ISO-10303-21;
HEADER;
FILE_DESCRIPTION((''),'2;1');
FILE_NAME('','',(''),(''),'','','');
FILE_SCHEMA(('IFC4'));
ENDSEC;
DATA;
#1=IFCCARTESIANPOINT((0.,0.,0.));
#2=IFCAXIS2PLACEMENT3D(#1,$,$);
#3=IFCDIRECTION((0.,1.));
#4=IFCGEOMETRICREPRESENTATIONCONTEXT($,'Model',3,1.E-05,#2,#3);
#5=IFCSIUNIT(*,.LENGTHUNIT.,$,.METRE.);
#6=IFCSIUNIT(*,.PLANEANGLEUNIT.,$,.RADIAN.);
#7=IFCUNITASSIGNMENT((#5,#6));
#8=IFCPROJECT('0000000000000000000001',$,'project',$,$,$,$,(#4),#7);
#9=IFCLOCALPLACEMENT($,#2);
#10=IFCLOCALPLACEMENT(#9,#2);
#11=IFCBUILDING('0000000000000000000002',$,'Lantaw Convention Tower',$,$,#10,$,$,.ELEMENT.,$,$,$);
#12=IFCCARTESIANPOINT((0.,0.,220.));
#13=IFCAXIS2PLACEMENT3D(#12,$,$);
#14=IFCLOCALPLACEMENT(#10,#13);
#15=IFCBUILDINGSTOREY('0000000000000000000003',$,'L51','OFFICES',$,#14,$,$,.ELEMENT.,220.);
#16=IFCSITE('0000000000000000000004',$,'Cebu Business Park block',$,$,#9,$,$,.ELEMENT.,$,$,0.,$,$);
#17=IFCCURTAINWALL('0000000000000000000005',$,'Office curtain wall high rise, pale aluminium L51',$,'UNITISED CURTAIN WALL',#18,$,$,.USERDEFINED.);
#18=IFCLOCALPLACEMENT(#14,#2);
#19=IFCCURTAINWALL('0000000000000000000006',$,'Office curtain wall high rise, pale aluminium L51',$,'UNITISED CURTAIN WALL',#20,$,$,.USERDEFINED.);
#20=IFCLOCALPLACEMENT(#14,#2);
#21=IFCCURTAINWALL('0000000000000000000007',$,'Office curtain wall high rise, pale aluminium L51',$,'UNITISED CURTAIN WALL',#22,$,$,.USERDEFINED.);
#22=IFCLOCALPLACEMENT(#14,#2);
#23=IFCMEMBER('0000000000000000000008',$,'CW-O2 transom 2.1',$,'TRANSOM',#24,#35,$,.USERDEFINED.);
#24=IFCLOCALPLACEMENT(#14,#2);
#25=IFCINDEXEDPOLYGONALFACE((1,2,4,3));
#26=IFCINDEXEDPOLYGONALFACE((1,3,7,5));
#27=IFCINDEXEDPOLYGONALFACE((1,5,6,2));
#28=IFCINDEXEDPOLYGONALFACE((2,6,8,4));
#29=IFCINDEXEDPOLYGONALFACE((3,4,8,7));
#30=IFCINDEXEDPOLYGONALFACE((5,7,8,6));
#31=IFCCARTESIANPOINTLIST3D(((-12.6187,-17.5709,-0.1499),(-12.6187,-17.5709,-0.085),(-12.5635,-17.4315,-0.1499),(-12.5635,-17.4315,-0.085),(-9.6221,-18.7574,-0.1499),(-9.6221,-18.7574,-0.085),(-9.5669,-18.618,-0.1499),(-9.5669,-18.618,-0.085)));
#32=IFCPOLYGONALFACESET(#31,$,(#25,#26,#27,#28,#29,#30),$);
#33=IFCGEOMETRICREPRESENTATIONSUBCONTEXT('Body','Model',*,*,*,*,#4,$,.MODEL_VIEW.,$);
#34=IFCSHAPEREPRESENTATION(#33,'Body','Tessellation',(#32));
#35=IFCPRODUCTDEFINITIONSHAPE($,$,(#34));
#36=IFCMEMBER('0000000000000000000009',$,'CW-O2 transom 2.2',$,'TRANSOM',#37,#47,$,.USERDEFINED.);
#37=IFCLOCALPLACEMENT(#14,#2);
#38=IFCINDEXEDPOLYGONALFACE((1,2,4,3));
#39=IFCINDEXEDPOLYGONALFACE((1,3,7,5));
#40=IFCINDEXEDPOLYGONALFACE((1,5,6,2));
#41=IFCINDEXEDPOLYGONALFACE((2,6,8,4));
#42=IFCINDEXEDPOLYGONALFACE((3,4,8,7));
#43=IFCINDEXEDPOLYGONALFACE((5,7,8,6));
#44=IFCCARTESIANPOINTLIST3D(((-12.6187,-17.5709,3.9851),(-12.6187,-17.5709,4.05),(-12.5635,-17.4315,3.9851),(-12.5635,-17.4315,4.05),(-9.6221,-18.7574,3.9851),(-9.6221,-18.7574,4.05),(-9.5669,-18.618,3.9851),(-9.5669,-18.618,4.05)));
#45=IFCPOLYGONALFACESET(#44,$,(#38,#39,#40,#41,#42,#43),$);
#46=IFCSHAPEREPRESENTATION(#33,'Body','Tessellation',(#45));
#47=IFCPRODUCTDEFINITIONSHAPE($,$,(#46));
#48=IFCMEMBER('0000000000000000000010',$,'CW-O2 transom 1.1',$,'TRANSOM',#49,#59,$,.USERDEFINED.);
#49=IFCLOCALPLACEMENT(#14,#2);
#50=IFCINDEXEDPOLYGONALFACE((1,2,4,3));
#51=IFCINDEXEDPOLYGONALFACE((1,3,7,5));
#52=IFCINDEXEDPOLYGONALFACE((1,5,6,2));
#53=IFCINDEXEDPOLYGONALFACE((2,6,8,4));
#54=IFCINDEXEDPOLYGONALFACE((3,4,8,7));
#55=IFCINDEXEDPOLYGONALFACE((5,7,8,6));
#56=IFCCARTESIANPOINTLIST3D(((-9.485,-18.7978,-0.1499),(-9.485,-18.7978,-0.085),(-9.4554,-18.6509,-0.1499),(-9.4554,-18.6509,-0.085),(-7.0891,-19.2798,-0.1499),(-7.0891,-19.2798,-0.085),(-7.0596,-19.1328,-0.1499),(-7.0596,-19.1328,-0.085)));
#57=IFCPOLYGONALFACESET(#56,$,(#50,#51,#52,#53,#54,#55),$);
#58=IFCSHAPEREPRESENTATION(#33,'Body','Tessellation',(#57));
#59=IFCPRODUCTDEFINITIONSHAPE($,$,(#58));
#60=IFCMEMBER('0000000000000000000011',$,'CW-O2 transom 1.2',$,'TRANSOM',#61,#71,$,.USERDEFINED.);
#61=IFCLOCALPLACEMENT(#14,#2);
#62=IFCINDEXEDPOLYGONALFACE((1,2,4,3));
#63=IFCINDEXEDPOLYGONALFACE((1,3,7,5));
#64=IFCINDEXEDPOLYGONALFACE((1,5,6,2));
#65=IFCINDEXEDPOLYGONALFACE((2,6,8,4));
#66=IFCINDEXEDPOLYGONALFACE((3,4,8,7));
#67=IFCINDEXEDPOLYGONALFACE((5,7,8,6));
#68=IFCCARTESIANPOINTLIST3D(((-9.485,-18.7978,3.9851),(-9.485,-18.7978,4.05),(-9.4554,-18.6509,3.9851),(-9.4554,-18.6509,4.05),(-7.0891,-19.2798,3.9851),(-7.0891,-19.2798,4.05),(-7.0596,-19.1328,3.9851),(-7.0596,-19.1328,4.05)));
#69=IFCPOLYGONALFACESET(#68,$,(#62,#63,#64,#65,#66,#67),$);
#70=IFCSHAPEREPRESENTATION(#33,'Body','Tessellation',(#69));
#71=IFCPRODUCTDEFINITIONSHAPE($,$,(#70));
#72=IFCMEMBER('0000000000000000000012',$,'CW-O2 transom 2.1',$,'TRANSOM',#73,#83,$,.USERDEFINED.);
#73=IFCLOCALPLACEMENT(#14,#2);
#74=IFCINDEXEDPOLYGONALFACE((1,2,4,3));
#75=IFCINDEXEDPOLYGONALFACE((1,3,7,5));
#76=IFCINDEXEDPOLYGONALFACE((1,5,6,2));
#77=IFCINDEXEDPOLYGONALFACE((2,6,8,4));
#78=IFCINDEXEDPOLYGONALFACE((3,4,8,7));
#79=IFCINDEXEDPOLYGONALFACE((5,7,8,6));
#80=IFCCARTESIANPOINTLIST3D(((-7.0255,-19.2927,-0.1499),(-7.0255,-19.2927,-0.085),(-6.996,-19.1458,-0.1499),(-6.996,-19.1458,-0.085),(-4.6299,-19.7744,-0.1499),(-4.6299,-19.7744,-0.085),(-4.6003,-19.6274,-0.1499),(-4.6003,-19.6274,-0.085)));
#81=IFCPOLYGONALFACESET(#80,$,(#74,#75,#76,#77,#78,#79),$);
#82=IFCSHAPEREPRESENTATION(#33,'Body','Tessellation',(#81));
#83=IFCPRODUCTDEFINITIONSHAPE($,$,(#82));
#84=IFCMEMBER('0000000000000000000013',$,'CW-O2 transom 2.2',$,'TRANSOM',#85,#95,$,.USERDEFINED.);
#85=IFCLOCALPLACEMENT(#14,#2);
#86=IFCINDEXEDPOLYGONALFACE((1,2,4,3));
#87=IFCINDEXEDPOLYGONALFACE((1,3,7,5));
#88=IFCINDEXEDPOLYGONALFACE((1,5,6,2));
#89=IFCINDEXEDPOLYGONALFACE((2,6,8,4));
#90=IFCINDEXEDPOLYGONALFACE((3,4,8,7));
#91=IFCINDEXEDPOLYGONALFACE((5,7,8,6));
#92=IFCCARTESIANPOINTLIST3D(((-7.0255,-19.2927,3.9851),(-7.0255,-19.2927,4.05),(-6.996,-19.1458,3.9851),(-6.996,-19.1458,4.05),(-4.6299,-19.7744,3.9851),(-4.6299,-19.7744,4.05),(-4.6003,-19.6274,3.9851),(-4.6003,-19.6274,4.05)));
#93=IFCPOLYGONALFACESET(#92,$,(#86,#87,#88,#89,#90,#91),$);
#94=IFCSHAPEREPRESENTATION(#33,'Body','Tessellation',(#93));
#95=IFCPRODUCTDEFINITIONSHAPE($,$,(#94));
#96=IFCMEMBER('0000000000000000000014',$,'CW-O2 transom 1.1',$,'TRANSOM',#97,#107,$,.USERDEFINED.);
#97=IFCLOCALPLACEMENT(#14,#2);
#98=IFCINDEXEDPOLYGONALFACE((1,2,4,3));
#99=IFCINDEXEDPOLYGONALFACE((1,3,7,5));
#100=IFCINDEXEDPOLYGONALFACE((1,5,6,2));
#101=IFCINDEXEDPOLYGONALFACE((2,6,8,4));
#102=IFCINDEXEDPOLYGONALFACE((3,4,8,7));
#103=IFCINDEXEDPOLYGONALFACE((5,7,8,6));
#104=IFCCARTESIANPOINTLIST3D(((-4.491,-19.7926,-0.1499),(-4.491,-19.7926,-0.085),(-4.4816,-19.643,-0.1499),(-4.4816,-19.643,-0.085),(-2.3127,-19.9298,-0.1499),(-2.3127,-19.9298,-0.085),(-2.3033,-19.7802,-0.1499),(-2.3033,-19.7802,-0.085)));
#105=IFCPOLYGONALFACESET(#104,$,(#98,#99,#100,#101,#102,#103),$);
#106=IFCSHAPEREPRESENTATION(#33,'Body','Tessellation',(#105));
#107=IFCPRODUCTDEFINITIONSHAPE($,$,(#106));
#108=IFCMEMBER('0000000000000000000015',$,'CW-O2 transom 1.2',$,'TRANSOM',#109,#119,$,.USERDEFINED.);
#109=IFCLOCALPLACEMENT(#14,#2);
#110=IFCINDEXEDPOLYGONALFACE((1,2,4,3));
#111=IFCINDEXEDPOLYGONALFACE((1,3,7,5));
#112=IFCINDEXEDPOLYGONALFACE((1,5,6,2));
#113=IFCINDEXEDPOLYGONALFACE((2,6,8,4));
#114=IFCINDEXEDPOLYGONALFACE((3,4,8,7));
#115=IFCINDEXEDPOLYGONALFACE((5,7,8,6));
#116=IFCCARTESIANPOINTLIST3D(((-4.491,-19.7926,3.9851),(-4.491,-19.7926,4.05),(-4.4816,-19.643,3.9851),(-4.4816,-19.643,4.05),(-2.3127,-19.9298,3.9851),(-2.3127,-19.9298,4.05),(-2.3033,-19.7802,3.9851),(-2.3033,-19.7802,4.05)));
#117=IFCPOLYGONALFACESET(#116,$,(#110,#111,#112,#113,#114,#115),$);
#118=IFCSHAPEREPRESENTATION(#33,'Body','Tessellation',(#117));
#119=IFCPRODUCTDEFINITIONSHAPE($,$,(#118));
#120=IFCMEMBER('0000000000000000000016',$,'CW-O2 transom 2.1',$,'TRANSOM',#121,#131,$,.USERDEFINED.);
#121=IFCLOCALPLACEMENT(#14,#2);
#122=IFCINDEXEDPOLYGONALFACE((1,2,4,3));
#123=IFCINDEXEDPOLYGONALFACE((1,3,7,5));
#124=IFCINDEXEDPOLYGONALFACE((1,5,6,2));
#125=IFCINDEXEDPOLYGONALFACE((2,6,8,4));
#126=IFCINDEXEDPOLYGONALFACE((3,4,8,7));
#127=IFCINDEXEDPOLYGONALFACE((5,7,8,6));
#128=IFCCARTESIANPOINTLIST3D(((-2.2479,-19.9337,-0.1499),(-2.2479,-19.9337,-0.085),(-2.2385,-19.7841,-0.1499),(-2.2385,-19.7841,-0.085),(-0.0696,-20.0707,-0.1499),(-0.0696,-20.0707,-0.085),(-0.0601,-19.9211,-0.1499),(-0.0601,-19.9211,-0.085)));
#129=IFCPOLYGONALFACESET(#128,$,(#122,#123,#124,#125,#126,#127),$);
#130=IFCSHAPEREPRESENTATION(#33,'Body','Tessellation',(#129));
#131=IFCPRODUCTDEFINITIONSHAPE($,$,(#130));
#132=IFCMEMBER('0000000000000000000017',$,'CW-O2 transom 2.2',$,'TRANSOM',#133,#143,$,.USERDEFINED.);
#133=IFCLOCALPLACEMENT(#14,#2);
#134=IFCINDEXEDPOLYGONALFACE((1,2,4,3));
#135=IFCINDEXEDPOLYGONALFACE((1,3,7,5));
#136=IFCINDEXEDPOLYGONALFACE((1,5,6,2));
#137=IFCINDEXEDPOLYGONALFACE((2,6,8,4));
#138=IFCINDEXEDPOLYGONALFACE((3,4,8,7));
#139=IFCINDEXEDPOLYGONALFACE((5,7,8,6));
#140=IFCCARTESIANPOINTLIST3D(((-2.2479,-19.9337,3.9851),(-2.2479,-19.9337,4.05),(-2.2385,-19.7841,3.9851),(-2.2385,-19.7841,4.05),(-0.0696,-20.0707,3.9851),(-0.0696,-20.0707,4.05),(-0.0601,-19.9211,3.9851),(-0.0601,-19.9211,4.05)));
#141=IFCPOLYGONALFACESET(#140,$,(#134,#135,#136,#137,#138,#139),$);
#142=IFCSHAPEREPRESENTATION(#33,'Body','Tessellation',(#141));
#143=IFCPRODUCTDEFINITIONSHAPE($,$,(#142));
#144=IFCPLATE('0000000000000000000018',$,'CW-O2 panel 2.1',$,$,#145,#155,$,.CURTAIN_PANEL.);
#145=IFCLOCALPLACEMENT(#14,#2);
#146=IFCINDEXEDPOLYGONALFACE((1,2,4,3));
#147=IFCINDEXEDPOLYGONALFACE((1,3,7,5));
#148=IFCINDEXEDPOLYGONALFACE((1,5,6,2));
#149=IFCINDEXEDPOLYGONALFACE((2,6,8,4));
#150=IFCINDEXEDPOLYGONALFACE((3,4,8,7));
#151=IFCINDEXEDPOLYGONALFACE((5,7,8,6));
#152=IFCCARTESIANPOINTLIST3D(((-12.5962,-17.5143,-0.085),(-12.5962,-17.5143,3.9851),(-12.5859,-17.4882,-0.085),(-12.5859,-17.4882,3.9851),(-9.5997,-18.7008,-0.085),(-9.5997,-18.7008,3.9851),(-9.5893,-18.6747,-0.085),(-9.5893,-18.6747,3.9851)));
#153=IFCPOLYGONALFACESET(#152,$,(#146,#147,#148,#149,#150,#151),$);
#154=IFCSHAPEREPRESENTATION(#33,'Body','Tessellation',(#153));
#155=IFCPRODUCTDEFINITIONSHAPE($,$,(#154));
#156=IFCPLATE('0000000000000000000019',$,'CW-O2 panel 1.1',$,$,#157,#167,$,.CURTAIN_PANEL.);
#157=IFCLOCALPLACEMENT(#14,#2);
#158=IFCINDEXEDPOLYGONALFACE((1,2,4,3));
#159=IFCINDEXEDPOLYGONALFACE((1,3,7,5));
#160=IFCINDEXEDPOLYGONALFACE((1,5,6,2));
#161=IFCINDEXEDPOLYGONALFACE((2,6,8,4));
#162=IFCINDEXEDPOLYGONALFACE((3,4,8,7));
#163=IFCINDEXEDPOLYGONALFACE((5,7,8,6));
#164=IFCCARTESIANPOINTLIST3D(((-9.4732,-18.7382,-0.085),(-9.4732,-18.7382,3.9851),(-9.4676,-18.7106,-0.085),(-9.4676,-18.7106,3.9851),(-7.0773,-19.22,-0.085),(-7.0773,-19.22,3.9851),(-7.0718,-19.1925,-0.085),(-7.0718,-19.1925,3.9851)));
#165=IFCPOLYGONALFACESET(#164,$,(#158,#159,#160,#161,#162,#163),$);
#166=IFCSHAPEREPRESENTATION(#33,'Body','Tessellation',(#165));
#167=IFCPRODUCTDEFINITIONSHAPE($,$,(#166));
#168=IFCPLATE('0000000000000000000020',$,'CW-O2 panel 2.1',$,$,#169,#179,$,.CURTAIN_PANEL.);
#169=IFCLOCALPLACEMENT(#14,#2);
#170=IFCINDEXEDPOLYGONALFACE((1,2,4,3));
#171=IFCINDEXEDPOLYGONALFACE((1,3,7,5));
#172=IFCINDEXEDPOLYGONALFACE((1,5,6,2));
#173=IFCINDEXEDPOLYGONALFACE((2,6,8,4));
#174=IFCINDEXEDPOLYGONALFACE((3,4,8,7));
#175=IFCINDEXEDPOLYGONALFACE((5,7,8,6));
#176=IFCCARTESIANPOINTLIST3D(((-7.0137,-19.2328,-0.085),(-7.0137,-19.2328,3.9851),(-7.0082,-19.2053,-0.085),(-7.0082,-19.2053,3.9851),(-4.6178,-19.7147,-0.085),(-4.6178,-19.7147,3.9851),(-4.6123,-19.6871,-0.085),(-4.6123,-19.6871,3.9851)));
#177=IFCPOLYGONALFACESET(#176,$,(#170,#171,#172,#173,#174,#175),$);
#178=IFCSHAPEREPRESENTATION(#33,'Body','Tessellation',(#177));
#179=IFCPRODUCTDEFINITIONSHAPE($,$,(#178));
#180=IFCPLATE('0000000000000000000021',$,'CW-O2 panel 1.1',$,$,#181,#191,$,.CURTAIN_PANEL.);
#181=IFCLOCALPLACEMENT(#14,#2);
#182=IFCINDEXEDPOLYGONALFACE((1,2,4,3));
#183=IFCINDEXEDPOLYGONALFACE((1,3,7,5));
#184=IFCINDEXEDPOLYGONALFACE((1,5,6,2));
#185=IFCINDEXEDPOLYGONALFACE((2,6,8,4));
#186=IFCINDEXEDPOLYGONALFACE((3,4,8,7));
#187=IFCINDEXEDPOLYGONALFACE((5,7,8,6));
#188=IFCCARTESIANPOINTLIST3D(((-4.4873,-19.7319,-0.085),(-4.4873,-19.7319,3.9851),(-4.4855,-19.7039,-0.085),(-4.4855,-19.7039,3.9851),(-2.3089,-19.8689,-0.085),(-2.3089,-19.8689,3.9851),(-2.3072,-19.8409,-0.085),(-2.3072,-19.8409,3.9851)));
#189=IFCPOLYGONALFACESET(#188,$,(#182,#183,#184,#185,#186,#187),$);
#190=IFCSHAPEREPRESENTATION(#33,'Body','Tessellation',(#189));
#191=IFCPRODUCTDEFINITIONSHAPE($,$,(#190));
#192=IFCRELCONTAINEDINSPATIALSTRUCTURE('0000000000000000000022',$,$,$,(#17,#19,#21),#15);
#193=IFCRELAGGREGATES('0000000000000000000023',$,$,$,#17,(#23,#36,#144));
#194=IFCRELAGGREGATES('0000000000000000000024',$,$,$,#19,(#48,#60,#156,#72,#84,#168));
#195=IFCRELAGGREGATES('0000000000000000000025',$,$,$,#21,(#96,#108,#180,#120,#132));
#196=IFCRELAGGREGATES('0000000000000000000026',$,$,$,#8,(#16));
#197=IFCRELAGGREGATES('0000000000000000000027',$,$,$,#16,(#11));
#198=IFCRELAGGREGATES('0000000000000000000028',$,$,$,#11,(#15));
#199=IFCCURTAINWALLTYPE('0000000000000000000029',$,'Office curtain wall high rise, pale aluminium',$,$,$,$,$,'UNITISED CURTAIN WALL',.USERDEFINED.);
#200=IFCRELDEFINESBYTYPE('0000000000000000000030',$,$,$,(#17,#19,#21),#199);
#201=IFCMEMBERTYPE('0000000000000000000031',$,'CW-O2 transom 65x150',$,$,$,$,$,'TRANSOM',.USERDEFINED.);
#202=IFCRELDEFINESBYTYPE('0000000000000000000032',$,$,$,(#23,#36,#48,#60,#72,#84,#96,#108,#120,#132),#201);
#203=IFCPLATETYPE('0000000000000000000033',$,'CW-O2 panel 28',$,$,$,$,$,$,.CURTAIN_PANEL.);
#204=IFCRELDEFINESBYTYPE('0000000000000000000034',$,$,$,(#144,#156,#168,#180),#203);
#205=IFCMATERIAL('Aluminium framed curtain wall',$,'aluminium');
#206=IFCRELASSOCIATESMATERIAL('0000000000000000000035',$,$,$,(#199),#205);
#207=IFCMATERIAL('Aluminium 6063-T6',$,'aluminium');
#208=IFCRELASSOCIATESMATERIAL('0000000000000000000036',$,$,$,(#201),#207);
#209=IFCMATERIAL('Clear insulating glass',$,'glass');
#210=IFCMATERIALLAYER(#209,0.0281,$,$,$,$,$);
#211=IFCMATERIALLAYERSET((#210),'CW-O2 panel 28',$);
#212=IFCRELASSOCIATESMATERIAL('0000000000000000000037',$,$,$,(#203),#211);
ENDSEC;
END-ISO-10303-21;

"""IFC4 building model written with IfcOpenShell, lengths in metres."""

from ifc_helpers import new_model, si_unit, direction, frame, origin, origin_2d, place, context, subcontext, project, spatial, rectangle, extrude, material, layer, layer_set, material_profile, profile_set, type_object, element, aggregate, save


model = new_model("IFC4")

# Units and contexts
model_context = context("Model", 3, precision=1e-05, world=origin(), true_north=direction((0.0, 1.0)))
body_context = subcontext(model_context, "Body", "Model", "MODEL_VIEW")
ifc_project = project(units=[si_unit("LENGTHUNIT", "METRE"), si_unit("PLANEANGLEUNIT", "RADIAN")], contexts=[model_context])

# Site, building, storey
site_placement = place(None, origin())
site = spatial("IfcSite", under=ifc_project, at=site_placement, Name="Cebu Business Park block", CompositionType="ELEMENT", RefElevation=0.0)
building_placement = place(site_placement, origin())
building = spatial("IfcBuilding", under=site, at=building_placement, Name="Lantaw Convention Tower", CompositionType="ELEMENT")
storey_placement = place(building_placement, frame((0.0, 0.0, 220.0)))
storey = spatial("IfcBuildingStorey", under=building, at=storey_placement, Name="L51", Description="OFFICES", CompositionType="ELEMENT", Elevation=220.0)

# Curtain wall
ifc_material_1 = material(Name="Aluminium framed curtain wall", Category="aluminium")
curtain_wall_type = type_object("IfcCurtainWallType", Name="Office curtain wall high rise, pale aluminium", ElementType="UNITISED CURTAIN WALL", PredefinedType="USERDEFINED", material=ifc_material_1)
curtain_wall_1_placement = place(storey_placement, origin())
curtain_wall_1 = element("IfcCurtainWall", 1, at=curtain_wall_1_placement, inside=storey, type_object=curtain_wall_type, Name="Office curtain wall high rise, pale aluminium L51", ObjectType="UNITISED CURTAIN WALL", PredefinedType="USERDEFINED")
ifc_material_2 = material(Name="Aluminium 6063-T6", Category="aluminium")

# Curtain walls
curtain_wall_2_placement = place(storey_placement, origin())
curtain_wall_2 = element("IfcCurtainWall", 2, at=curtain_wall_2_placement, inside=storey, type_object=curtain_wall_type, Name="Office curtain wall high rise, pale aluminium L51", ObjectType="UNITISED CURTAIN WALL", PredefinedType="USERDEFINED")
curtain_wall_3_placement = place(storey_placement, origin())
curtain_wall_3 = element("IfcCurtainWall", 3, at=curtain_wall_3_placement, inside=storey, type_object=curtain_wall_type, Name="Office curtain wall high rise, pale aluminium L51", ObjectType="UNITISED CURTAIN WALL", PredefinedType="USERDEFINED")

# Members
ifc_material_profile_1 = material_profile(ifc_material_2, rectangle(XDim=0.1499, YDim=0.0649, at=origin_2d()), Name="CW-O2 transom 65x150")
ifc_profile_set_1 = profile_set([ifc_material_profile_1], Name="Aluminium 6063-T6")
member_type_1 = type_object("IfcMemberType", Name="CW-O2 transom 65x150", ElementType="TRANSOM", PredefinedType="USERDEFINED", material=ifc_profile_set_1)
member_1_placement = place(storey_placement, frame((-12.5911, -17.5012, -0.1174), z_axis=(0.929767, -0.368149, 0.0), x_axis=(0.368149, 0.929767, 0.0)))
member_1 = element("IfcMember", 4, at=member_1_placement, type_object=member_type_1, Name="CW-O2 transom 2.1", ObjectType="TRANSOM", PredefinedType="USERDEFINED", context=body_context, shape_type="SweptSolid", body=[
    extrude(rectangle(XDim=0.1499, YDim=0.0649, at=origin_2d()), origin(), (0.0, 0.0, 1.0), 3.2229),
])
member_2_placement = place(storey_placement, frame((-12.5911, -17.5012, 4.0176), z_axis=(0.929767, -0.368149, 0.0), x_axis=(0.368149, 0.929767, 0.0)))
member_2 = element("IfcMember", 5, at=member_2_placement, type_object=member_type_1, Name="CW-O2 transom 2.2", ObjectType="TRANSOM", PredefinedType="USERDEFINED", context=body_context, shape_type="SweptSolid", body=[
    extrude(rectangle(XDim=0.1499, YDim=0.0649, at=origin_2d()), origin(), (0.0, 0.0, 1.0), 3.2229),
])
member_3_placement = place(storey_placement, frame((-9.4702, -18.7244, -0.1174), z_axis=(0.980361, -0.197211, 0.0), x_axis=(0.197211, 0.980361, 0.0)))
member_3 = element("IfcMember", 6, at=member_3_placement, type_object=member_type_1, Name="CW-O2 transom 1.1", ObjectType="TRANSOM", PredefinedType="USERDEFINED", context=body_context, shape_type="SweptSolid", body=[
    extrude(rectangle(XDim=0.1499, YDim=0.0649, at=origin_2d()), origin(), (0.0, 0.0, 1.0), 2.4438),
])
member_4_placement = place(storey_placement, frame((-9.4702, -18.7244, 4.0176), z_axis=(0.980361, -0.197211, 0.0), x_axis=(0.197211, 0.980361, 0.0)))
member_4 = element("IfcMember", 7, at=member_4_placement, type_object=member_type_1, Name="CW-O2 transom 1.2", ObjectType="TRANSOM", PredefinedType="USERDEFINED", context=body_context, shape_type="SweptSolid", body=[
    extrude(rectangle(XDim=0.1499, YDim=0.0649, at=origin_2d()), origin(), (0.0, 0.0, 1.0), 2.4438),
])
member_5_placement = place(storey_placement, frame((-7.0107, -19.2192, -0.1174), z_axis=(0.98038, -0.197115, 0.0), x_axis=(0.197115, 0.98038, 0.0)))
member_5 = element("IfcMember", 8, at=member_5_placement, type_object=member_type_1, Name="CW-O2 transom 2.1", ObjectType="TRANSOM", PredefinedType="USERDEFINED", context=body_context, shape_type="SweptSolid", body=[
    extrude(rectangle(XDim=0.1499, YDim=0.0649, at=origin_2d()), origin(), (0.0, 0.0, 1.0), 2.4436),
])
member_6_placement = place(storey_placement, frame((-7.0107, -19.2192, 4.0176), z_axis=(0.98038, -0.197115, 0.0), x_axis=(0.197115, 0.98038, 0.0)))
member_6 = element("IfcMember", 9, at=member_6_placement, type_object=member_type_1, Name="CW-O2 transom 2.2", ObjectType="TRANSOM", PredefinedType="USERDEFINED", context=body_context, shape_type="SweptSolid", body=[
    extrude(rectangle(XDim=0.1499, YDim=0.0649, at=origin_2d()), origin(), (0.0, 0.0, 1.0), 2.4436),
])
member_7_placement = place(storey_placement, frame((-4.4863, -19.7178, -0.1174), z_axis=(0.998022, -0.062866, 0.0), x_axis=(0.062866, 0.998022, 0.0)))
member_7 = element("IfcMember", 10, at=member_7_placement, type_object=member_type_1, Name="CW-O2 transom 1.1", ObjectType="TRANSOM", PredefinedType="USERDEFINED", context=body_context, shape_type="SweptSolid", body=[
    extrude(rectangle(XDim=0.1499, YDim=0.0649, at=origin_2d()), origin(), (0.0, 0.0, 1.0), 2.1826),
])
member_8_placement = place(storey_placement, frame((-4.4863, -19.7178, 4.0176), z_axis=(0.998022, -0.062866, 0.0), x_axis=(0.062866, 0.998022, 0.0)))
member_8 = element("IfcMember", 11, at=member_8_placement, type_object=member_type_1, Name="CW-O2 transom 1.2", ObjectType="TRANSOM", PredefinedType="USERDEFINED", context=body_context, shape_type="SweptSolid", body=[
    extrude(rectangle(XDim=0.1499, YDim=0.0649, at=origin_2d()), origin(), (0.0, 0.0, 1.0), 2.1826),
])
member_9_placement = place(storey_placement, frame((-2.2432, -19.8589, -0.1174), z_axis=(0.998029, -0.062754, 0.0), x_axis=(0.062754, 0.998029, 0.0)))
member_9 = element("IfcMember", 12, at=member_9_placement, type_object=member_type_1, Name="CW-O2 transom 2.1", ObjectType="TRANSOM", PredefinedType="USERDEFINED", context=body_context, shape_type="SweptSolid", body=[
    extrude(rectangle(XDim=0.1499, YDim=0.0649, at=origin_2d()), origin(), (0.0, 0.0, 1.0), 2.1826),
])
member_10_placement = place(storey_placement, frame((-2.2432, -19.8589, 4.0176), z_axis=(0.998029, -0.062754, 0.0), x_axis=(0.062754, 0.998029, 0.0)))
member_10 = element("IfcMember", 13, at=member_10_placement, type_object=member_type_1, Name="CW-O2 transom 2.2", ObjectType="TRANSOM", PredefinedType="USERDEFINED", context=body_context, shape_type="SweptSolid", body=[
    extrude(rectangle(XDim=0.1499, YDim=0.0649, at=origin_2d()), origin(), (0.0, 0.0, 1.0), 2.1826),
])

# Plates
ifc_material_3 = material(Name="Clear insulating glass", Category="glass")
ifc_layer_1 = layer(ifc_material_3, 0.0281)
ifc_layer_set_1 = layer_set([ifc_layer_1], Name="CW-O2 panel 28")
plate_type_1 = type_object("IfcPlateType", Name="CW-O2 panel 28", PredefinedType="CURTAIN_PANEL", material=ifc_layer_set_1)
plate_1_placement = place(storey_placement, frame((-11.0928, -18.0945, -0.085), z_axis=(0.0, 0.0, 1.0), x_axis=(0.929762, -0.368162, 0.0)))
plate_1 = element("IfcPlate", 14, at=plate_1_placement, type_object=plate_type_1, Name="CW-O2 panel 2.1", PredefinedType="CURTAIN_PANEL", context=body_context, shape_type="SweptSolid", body=[
    extrude(rectangle(XDim=3.2229, YDim=0.0281, at=origin_2d()), origin(), (0.0, 0.0, 1.0), 4.0701),
])
aggregate(curtain_wall_1, [member_1, member_2, plate_1])
plate_2_placement = place(storey_placement, frame((-8.2725, -18.9653, -0.085), z_axis=(0.0, 0.0, 1.0), x_axis=(0.980367, -0.197183, 0.0)))
plate_2 = element("IfcPlate", 15, at=plate_2_placement, type_object=plate_type_1, Name="CW-O2 panel 1.1", PredefinedType="CURTAIN_PANEL", context=body_context, shape_type="SweptSolid", body=[
    extrude(rectangle(XDim=2.4438, YDim=0.0281, at=origin_2d()), origin(), (0.0, 0.0, 1.0), 4.0701),
])
plate_3_placement = place(storey_placement, frame((-5.813, -19.46, -0.085), z_axis=(0.0, 0.0, 1.0), x_axis=(0.980367, -0.197183, 0.0)))
plate_3 = element("IfcPlate", 16, at=plate_3_placement, type_object=plate_type_1, Name="CW-O2 panel 2.1", PredefinedType="CURTAIN_PANEL", context=body_context, shape_type="SweptSolid", body=[
    extrude(rectangle(XDim=2.4438, YDim=0.0281, at=origin_2d()), origin(), (0.0, 0.0, 1.0), 4.0701),
])
aggregate(curtain_wall_2, [member_3, member_4, plate_2, member_5, member_6, plate_3])
plate_4_placement = place(storey_placement, frame((-3.3972, -19.7864, -0.085), z_axis=(0.0, 0.0, 1.0), x_axis=(0.998029, -0.062758, 0.0)))
plate_4 = element("IfcPlate", 17, at=plate_4_placement, type_object=plate_type_1, Name="CW-O2 panel 1.1", PredefinedType="CURTAIN_PANEL", context=body_context, shape_type="SweptSolid", body=[
    extrude(rectangle(XDim=2.1826, YDim=0.0281, at=origin_2d()), origin(), (0.0, 0.0, 1.0), 4.0701),
])
aggregate(curtain_wall_3, [member_7, member_8, plate_4, member_9, member_10])

save(model, "model.ifc")
